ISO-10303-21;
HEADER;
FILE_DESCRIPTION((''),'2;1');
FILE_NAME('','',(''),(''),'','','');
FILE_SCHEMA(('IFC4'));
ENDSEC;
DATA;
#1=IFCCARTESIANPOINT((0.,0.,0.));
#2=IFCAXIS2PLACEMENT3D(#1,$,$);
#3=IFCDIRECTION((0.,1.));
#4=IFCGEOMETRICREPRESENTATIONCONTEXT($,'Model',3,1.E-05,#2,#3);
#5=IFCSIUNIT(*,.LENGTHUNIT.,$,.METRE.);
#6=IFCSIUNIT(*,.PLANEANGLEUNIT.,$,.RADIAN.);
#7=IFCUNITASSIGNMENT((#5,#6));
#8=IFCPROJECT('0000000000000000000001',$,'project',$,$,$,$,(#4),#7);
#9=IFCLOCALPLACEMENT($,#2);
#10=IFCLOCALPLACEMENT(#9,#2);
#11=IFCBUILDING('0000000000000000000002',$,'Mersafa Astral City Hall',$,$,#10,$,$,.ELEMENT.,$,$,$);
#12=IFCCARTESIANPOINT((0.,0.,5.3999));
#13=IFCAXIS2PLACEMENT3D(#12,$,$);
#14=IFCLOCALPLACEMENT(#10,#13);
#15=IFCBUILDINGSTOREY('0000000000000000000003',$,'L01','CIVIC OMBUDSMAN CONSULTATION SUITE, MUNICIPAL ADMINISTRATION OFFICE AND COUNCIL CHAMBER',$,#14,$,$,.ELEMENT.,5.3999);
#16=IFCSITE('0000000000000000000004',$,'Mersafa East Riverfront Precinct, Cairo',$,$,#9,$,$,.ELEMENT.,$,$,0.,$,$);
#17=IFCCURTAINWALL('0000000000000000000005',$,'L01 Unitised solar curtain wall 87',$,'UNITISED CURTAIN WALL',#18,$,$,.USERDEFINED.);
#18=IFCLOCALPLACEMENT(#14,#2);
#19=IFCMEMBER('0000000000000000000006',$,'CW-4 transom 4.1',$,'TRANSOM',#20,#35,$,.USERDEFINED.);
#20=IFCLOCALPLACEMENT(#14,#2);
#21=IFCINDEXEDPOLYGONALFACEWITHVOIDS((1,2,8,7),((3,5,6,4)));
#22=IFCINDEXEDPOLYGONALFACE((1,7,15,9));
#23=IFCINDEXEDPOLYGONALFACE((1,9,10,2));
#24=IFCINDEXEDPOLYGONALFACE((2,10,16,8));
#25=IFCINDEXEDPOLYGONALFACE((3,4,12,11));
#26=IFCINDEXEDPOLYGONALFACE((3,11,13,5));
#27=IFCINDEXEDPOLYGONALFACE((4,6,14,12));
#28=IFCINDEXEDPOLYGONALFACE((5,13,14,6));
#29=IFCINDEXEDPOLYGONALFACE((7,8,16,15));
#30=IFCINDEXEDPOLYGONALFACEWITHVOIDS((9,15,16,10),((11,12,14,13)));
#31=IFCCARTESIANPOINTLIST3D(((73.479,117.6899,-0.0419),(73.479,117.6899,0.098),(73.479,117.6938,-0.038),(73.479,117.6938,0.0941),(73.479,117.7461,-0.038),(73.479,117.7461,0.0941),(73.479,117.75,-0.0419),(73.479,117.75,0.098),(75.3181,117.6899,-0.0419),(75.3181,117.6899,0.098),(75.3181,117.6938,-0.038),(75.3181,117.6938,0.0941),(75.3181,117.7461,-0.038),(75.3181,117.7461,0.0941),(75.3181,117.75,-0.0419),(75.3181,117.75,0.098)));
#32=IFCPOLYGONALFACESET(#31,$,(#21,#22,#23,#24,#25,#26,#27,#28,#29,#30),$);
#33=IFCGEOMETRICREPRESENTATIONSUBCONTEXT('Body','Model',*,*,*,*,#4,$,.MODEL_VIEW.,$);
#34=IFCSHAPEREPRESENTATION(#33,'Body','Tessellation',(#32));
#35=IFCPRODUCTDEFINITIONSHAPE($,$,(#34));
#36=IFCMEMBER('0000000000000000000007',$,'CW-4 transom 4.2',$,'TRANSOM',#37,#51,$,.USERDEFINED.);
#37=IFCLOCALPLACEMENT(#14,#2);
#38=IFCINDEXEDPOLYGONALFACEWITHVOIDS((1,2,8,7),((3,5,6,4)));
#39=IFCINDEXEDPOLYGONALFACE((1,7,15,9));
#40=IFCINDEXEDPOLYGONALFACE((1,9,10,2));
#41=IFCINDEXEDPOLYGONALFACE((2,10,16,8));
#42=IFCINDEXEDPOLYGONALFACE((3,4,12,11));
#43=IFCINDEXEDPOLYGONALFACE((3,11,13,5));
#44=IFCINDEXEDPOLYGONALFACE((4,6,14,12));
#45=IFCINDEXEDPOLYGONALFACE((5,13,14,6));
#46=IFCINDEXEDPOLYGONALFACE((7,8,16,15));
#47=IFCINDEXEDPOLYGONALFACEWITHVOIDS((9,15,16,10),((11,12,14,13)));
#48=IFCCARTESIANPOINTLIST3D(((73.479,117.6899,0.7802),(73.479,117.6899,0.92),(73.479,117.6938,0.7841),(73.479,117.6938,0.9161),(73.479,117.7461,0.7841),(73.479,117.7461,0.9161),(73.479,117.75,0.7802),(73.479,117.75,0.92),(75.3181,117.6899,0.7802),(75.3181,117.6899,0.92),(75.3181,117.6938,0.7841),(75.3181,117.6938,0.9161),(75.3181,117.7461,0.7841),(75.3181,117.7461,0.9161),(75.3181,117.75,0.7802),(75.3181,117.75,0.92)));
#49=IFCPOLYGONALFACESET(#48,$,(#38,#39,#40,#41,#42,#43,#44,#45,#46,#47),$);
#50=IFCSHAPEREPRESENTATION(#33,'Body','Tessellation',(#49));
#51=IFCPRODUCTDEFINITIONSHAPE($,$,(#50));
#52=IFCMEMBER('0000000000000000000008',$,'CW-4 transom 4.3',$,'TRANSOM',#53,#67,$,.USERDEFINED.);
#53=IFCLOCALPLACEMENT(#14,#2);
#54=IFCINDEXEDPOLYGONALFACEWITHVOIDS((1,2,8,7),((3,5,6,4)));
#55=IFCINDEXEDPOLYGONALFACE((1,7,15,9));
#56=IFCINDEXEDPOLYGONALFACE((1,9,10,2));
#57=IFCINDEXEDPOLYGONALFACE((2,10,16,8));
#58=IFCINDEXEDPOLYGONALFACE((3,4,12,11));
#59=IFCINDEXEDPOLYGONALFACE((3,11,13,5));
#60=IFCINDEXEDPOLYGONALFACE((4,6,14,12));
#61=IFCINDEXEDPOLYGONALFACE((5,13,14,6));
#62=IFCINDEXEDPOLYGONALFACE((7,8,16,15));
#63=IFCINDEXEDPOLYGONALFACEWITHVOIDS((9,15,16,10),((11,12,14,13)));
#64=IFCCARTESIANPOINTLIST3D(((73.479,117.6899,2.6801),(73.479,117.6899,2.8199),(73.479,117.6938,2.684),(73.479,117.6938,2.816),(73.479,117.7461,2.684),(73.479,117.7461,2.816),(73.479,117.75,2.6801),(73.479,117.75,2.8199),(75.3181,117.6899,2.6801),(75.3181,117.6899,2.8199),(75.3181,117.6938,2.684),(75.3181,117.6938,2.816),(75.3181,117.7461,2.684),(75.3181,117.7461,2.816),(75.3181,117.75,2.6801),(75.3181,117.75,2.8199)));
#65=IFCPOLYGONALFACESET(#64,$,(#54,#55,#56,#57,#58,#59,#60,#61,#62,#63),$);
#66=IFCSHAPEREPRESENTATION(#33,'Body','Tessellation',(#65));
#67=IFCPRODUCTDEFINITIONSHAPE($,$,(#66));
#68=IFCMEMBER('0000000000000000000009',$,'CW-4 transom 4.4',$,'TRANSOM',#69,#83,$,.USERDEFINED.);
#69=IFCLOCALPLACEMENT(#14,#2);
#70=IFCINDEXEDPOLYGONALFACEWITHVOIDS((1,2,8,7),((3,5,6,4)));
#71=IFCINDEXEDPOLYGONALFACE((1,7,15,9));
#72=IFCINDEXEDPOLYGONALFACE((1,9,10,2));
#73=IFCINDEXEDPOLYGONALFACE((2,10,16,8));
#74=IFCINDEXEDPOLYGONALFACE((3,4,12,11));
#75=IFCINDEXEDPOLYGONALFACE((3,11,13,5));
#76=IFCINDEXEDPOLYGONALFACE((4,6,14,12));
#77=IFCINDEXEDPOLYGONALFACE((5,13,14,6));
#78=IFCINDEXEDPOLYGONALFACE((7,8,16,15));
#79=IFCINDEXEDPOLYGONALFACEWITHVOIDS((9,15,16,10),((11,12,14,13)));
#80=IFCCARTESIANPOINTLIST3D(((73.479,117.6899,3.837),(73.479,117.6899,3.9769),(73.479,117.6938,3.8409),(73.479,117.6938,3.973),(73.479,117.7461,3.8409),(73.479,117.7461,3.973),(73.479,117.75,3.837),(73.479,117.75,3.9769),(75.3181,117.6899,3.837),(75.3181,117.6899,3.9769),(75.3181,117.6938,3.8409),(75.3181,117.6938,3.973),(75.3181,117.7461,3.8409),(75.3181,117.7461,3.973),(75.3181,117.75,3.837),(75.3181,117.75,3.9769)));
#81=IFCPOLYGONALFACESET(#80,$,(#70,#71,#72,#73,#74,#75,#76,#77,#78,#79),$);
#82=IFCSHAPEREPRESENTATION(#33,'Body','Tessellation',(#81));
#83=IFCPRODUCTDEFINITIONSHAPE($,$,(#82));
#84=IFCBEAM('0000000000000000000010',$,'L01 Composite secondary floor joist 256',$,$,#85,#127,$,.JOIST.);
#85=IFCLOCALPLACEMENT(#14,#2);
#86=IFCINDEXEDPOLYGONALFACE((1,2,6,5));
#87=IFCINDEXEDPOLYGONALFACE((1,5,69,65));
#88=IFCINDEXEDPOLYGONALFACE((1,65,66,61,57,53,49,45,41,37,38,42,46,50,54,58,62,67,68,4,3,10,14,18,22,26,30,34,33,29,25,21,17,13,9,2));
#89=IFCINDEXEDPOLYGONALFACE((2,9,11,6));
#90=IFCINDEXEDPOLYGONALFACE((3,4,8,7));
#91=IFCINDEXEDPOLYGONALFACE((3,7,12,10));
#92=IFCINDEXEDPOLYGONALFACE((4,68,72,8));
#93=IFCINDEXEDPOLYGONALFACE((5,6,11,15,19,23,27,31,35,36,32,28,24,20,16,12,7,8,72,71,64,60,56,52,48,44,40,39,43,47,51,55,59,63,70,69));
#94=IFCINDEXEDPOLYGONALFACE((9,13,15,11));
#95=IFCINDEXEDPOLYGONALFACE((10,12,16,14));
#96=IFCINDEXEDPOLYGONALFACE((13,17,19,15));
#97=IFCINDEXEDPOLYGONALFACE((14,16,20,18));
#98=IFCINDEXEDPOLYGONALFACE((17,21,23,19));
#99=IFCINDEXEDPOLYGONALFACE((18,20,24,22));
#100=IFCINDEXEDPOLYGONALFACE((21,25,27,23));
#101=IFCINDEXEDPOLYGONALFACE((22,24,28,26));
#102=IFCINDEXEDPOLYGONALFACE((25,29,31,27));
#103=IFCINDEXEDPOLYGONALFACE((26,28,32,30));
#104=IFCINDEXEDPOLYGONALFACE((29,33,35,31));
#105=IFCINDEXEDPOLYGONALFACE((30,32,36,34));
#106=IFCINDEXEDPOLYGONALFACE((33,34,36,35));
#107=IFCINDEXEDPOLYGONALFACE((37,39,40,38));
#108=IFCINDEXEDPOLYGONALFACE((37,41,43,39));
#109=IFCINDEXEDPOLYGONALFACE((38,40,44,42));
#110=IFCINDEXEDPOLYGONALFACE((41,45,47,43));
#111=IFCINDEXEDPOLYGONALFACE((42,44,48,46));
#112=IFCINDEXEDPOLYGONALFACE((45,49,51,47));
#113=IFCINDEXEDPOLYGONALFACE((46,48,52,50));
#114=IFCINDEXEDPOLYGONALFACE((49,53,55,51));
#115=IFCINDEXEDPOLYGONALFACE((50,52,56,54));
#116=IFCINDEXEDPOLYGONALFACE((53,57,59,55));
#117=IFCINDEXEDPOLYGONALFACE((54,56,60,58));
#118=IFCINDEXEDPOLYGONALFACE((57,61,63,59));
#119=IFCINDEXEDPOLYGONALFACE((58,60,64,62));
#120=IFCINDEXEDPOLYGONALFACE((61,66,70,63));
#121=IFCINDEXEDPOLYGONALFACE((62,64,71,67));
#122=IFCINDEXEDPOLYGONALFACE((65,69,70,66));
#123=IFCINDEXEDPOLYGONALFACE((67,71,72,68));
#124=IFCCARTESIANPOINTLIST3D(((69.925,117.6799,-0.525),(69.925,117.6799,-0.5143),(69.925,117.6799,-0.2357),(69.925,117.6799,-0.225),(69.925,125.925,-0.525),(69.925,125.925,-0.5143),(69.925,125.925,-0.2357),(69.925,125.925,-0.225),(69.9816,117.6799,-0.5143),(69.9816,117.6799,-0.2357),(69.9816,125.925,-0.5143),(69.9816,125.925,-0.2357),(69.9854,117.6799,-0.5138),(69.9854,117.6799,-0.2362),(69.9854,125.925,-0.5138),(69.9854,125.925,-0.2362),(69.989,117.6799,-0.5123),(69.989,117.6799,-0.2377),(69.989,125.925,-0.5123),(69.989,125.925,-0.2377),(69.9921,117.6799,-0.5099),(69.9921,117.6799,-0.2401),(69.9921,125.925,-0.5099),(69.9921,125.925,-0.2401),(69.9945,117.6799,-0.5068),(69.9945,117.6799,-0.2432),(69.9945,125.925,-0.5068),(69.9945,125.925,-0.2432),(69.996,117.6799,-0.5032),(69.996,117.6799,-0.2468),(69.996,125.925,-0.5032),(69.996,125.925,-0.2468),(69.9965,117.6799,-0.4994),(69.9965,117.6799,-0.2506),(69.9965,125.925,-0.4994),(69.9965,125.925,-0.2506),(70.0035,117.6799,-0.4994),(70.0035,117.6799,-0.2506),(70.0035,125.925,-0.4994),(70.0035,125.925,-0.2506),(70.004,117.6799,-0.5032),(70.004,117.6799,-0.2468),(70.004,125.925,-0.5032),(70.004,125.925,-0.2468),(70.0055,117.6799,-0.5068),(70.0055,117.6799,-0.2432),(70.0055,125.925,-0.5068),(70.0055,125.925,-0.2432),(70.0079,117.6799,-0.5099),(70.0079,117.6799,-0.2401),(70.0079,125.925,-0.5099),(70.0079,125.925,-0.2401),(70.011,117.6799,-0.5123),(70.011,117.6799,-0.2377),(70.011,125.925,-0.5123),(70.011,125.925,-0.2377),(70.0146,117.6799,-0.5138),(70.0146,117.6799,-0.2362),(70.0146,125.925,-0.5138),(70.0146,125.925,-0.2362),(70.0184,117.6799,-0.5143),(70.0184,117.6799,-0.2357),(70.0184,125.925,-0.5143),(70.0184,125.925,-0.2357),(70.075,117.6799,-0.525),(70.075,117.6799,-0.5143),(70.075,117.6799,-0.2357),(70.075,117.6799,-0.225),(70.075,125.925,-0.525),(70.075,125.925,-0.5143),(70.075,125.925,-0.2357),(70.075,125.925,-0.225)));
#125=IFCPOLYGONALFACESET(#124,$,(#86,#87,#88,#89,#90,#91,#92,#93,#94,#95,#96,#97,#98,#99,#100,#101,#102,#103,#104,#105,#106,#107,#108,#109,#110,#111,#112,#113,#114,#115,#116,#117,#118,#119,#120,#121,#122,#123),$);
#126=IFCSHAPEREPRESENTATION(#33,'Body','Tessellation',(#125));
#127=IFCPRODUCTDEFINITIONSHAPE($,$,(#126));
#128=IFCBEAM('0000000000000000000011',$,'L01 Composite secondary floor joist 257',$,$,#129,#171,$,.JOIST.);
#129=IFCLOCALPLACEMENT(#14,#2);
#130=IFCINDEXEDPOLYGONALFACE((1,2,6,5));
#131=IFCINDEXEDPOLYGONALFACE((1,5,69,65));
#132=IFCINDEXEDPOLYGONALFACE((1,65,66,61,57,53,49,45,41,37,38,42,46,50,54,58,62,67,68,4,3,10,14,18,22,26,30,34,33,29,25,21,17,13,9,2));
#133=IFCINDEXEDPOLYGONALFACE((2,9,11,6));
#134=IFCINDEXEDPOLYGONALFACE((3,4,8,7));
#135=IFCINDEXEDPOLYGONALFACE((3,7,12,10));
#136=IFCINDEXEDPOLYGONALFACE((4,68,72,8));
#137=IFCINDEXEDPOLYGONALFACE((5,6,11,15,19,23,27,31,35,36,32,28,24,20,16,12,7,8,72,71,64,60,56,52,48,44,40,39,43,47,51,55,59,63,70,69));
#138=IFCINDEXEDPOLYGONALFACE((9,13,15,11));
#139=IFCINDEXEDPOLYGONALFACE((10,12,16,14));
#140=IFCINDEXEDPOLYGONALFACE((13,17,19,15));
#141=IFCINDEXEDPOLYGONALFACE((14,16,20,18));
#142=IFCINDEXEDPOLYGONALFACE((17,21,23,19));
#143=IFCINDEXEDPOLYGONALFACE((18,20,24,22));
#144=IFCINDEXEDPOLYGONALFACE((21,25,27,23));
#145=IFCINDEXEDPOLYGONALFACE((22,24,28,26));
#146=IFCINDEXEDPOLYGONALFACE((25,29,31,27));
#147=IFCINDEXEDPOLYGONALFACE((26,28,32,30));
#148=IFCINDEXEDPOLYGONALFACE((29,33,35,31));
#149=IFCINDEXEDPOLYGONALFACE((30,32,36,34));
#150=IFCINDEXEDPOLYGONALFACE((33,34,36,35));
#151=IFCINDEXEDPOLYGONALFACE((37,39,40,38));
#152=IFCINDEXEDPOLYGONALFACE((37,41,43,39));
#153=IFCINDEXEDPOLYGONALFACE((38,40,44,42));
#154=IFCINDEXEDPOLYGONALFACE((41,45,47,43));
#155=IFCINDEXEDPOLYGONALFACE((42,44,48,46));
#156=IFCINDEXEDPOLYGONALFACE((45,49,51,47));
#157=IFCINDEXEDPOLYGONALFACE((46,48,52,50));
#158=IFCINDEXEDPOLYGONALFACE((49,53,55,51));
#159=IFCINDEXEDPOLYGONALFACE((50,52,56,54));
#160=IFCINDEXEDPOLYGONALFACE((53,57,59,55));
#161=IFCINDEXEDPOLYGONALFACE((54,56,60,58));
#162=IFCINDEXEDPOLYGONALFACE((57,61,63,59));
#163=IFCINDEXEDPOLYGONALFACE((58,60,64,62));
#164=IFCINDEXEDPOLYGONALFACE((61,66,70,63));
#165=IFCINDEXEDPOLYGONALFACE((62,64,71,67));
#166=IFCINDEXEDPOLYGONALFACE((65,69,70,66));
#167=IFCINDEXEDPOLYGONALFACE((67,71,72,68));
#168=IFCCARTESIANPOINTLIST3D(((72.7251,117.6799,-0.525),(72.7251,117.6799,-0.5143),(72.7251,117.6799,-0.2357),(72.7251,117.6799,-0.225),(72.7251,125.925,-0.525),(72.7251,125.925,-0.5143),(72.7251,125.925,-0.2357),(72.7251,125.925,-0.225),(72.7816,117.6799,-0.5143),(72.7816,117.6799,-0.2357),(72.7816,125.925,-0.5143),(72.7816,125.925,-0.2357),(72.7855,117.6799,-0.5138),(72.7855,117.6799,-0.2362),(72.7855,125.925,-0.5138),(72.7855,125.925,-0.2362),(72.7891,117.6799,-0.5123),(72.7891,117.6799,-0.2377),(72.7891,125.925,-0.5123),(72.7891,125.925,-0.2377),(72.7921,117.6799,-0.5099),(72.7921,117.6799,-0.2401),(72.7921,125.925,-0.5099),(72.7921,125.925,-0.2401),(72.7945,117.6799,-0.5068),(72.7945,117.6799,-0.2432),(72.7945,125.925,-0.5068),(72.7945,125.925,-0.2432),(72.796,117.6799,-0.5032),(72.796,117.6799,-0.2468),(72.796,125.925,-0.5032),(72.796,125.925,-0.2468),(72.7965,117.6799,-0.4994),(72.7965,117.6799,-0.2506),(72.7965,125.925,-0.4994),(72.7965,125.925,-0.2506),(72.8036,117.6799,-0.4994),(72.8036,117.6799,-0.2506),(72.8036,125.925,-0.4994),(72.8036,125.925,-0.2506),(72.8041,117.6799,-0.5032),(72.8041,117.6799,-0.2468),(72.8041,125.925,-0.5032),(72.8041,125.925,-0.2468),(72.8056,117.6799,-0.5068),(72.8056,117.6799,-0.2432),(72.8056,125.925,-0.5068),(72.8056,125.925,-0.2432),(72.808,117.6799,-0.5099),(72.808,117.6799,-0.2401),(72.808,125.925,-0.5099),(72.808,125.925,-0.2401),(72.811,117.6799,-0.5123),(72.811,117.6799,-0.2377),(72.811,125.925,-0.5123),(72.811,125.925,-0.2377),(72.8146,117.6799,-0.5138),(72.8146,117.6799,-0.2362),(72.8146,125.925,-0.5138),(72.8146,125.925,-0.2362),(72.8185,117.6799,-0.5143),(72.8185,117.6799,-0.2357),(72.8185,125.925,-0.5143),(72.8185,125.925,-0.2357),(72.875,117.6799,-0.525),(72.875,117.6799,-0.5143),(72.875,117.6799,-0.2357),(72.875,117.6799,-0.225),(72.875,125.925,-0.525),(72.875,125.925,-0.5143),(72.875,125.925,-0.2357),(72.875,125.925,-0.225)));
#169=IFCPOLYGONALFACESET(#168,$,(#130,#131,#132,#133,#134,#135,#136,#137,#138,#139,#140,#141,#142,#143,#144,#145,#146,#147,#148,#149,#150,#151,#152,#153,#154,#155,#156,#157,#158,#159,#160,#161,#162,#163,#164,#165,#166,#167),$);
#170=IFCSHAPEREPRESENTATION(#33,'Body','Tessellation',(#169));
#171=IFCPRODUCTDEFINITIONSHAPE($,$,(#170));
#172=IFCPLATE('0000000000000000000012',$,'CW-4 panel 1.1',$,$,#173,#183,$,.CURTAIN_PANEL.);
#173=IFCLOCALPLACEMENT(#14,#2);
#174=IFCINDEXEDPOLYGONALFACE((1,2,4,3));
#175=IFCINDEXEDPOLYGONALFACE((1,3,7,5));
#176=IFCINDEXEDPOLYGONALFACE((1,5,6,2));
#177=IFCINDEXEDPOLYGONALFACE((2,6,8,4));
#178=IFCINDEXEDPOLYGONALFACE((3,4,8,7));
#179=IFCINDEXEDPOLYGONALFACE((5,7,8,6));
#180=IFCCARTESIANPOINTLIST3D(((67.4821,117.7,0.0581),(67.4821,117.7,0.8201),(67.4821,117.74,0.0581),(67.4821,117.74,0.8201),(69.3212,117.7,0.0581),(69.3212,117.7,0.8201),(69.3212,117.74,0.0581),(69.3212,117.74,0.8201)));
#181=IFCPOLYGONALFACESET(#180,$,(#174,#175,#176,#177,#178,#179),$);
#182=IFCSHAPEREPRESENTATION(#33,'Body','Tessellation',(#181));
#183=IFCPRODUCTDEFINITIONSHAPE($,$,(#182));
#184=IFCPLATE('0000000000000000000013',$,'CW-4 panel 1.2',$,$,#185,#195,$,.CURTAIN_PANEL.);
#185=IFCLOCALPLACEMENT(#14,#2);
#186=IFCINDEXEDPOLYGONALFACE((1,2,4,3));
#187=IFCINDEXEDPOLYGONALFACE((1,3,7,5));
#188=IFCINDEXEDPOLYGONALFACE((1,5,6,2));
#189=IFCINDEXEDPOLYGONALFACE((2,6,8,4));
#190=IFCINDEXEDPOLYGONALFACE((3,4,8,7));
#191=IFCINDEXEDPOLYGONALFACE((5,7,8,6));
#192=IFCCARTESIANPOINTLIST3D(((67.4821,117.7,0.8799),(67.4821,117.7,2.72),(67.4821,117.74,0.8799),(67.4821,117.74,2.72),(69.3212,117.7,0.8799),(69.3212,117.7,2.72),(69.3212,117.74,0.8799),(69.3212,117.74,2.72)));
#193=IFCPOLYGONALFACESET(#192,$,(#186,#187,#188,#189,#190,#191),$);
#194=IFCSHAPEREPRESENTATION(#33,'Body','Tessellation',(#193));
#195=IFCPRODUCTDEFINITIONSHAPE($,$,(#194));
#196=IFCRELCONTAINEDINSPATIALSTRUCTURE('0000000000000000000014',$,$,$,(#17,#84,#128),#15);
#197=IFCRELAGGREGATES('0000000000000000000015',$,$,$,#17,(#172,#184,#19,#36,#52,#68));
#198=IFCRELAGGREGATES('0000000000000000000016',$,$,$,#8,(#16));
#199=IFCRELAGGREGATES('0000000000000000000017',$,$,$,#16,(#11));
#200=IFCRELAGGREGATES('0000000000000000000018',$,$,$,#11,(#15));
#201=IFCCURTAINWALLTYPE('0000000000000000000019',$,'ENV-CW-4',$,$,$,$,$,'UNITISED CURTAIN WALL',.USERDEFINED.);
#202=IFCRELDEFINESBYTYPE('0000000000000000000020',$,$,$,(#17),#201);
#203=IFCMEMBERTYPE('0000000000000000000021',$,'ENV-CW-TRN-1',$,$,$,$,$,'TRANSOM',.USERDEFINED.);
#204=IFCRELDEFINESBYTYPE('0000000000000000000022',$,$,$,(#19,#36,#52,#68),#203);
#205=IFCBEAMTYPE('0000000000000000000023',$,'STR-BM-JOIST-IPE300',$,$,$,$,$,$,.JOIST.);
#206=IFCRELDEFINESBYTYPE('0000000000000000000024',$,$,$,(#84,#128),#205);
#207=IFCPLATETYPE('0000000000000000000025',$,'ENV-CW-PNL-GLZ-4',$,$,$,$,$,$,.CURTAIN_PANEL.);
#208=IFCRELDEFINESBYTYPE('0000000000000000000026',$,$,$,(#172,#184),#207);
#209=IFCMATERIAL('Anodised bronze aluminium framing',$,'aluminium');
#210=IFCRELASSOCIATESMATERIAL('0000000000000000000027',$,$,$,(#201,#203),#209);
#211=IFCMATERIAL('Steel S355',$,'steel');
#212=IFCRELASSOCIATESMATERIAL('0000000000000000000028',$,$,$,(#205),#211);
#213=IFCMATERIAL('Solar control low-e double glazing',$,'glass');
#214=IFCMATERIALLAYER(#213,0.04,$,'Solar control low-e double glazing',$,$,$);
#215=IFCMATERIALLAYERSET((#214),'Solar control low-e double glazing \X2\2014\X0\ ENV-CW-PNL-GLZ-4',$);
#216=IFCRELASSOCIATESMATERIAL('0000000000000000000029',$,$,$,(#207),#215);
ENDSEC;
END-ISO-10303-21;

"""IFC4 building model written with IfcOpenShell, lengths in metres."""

from ifc_helpers import new_model, si_unit, direction, frame, origin, origin_2d, place, context, subcontext, project, spatial, rectangle, hollow_rectangle, i_section, extrude, material, layer, layer_set, material_profile, profile_set, type_object, element, aggregate, save


model = new_model("IFC4")

# Units and contexts
model_context = context("Model", 3, precision=1e-05, world=origin(), true_north=direction((0.0, 1.0)))
body_context = subcontext(model_context, "Body", "Model", "MODEL_VIEW")
ifc_project = project(units=[si_unit("LENGTHUNIT", "METRE"), si_unit("PLANEANGLEUNIT", "RADIAN")], contexts=[model_context])

# Site, building, storey
site_placement = place(None, origin())
site = spatial("IfcSite", under=ifc_project, at=site_placement, Name="Mersafa East Riverfront Precinct, Cairo", CompositionType="ELEMENT", RefElevation=0.0)
building_placement = place(site_placement, origin())
building = spatial("IfcBuilding", under=site, at=building_placement, Name="Mersafa Astral City Hall", CompositionType="ELEMENT")
storey_placement = place(building_placement, frame((0.0, 0.0, 5.3999)))
storey = spatial("IfcBuildingStorey", under=building, at=storey_placement, Name="L01", Description="CIVIC OMBUDSMAN CONSULTATION SUITE, MUNICIPAL ADMINISTRATION OFFICE AND COUNCIL CHAMBER", CompositionType="ELEMENT", Elevation=5.3999)

# Curtain wall, members
ifc_material_1 = material(Name="Anodised bronze aluminium framing", Category="aluminium")
curtain_wall_type = type_object("IfcCurtainWallType", Name="ENV-CW-4", ElementType="UNITISED CURTAIN WALL", PredefinedType="USERDEFINED", material=ifc_material_1)
curtain_wall_placement = place(storey_placement, origin())
curtain_wall = element("IfcCurtainWall", 1, at=curtain_wall_placement, inside=storey, type_object=curtain_wall_type, Name="L01 Unitised solar curtain wall 87", ObjectType="UNITISED CURTAIN WALL", PredefinedType="USERDEFINED")
ifc_material_profile_1 = material_profile(ifc_material_1, hollow_rectangle(XDim=0.0601, YDim=0.1399, WallThickness=0.0039, at=origin_2d()), Name="RHS 60x140x4")
ifc_profile_set_1 = profile_set([ifc_material_profile_1], Name="Anodised bronze aluminium framing")
member_type_1 = type_object("IfcMemberType", Name="ENV-CW-TRN-1", ElementType="TRANSOM", PredefinedType="USERDEFINED", material=ifc_profile_set_1)
member_1_placement = place(storey_placement, frame((73.479, 117.72, 0.0281), z_axis=(1.0, 0.0, 0.0), x_axis=(0.0, 1.0, 0.0)))
member_1 = element("IfcMember", 2, at=member_1_placement, type_object=member_type_1, Name="CW-4 transom 4.1", ObjectType="TRANSOM", PredefinedType="USERDEFINED", context=body_context, shape_type="SweptSolid", body=[
    extrude(hollow_rectangle(XDim=0.0601, YDim=0.1399, WallThickness=0.0039, at=origin_2d()), origin(), (0.0, 0.0, 1.0), 1.8391),
])
member_2_placement = place(storey_placement, frame((73.479, 117.72, 0.8501), z_axis=(1.0, 0.0, 0.0), x_axis=(0.0, 1.0, 0.0)))
member_2 = element("IfcMember", 3, at=member_2_placement, type_object=member_type_1, Name="CW-4 transom 4.2", ObjectType="TRANSOM", PredefinedType="USERDEFINED", context=body_context, shape_type="SweptSolid", body=[
    extrude(hollow_rectangle(XDim=0.0601, YDim=0.1399, WallThickness=0.0039, at=origin_2d()), origin(), (0.0, 0.0, 1.0), 1.8391),
])
member_3_placement = place(storey_placement, frame((73.479, 117.72, 2.75), z_axis=(1.0, 0.0, 0.0), x_axis=(0.0, 1.0, 0.0)))
member_3 = element("IfcMember", 4, at=member_3_placement, type_object=member_type_1, Name="CW-4 transom 4.3", ObjectType="TRANSOM", PredefinedType="USERDEFINED", context=body_context, shape_type="SweptSolid", body=[
    extrude(hollow_rectangle(XDim=0.0601, YDim=0.1399, WallThickness=0.0039, at=origin_2d()), origin(), (0.0, 0.0, 1.0), 1.8391),
])
member_4_placement = place(storey_placement, frame((73.479, 117.72, 3.907), z_axis=(1.0, 0.0, 0.0), x_axis=(0.0, 1.0, 0.0)))
member_4 = element("IfcMember", 5, at=member_4_placement, type_object=member_type_1, Name="CW-4 transom 4.4", ObjectType="TRANSOM", PredefinedType="USERDEFINED", context=body_context, shape_type="SweptSolid", body=[
    extrude(hollow_rectangle(XDim=0.0601, YDim=0.1399, WallThickness=0.0039, at=origin_2d()), origin(), (0.0, 0.0, 1.0), 1.8391),
])

# Beams
ifc_material_2 = material(Name="Steel S355", Category="steel")
ifc_material_profile_2 = material_profile(ifc_material_2, i_section(OverallWidth=0.1499, OverallDepth=0.3, WebThickness=0.0071, FlangeThickness=0.0107, FilletRadius=0.0149, at=origin_2d()), Name="IPE 300")
ifc_profile_set_2 = profile_set([ifc_material_profile_2], Name="Steel S355")
beam_type = type_object("IfcBeamType", Name="STR-BM-JOIST-IPE300", PredefinedType="JOIST", material=ifc_profile_set_2)
for number, where, z_axis, x_axis, name in (
    (6, (70.0, 117.6799, -0.375), (0.0, 1.0, 0.0), (-1.0, 0.0, 0.0), "L01 Composite secondary floor joist 256"),
    (7, (72.8, 117.6799, -0.375), (0.0, 1.0, 0.0), (-1.0, 0.0, 0.0), "L01 Composite secondary floor joist 257"),
):
    element("IfcBeam", number, at=place(storey_placement, frame(where, z_axis=z_axis, x_axis=x_axis)), inside=storey, type_object=beam_type, Name=name, PredefinedType="JOIST", context=body_context, shape_type="SweptSolid", body=[
        extrude(i_section(OverallWidth=0.1499, OverallDepth=0.3, WebThickness=0.0071, FlangeThickness=0.0107, FilletRadius=0.0149, at=origin_2d()), origin(), (0.0, 0.0, 1.0), 8.2451),
    ])

# Plates
ifc_material_3 = material(Name="Solar control low-e double glazing", Category="glass")
ifc_layer_1 = layer(ifc_material_3, 0.04, Name="Solar control low-e double glazing")
ifc_layer_set_1 = layer_set([ifc_layer_1], Name="Solar control low-e double glazing — ENV-CW-PNL-GLZ-4")
plate_type = type_object("IfcPlateType", Name="ENV-CW-PNL-GLZ-4", PredefinedType="CURTAIN_PANEL", material=ifc_layer_set_1)
plate_1_placement = place(storey_placement, frame((68.4016, 117.72, 0.0581), z_axis=(0.0, 0.0, 1.0), x_axis=(1.0, 0.0, 0.0)))
plate_1 = element("IfcPlate", 8, at=plate_1_placement, type_object=plate_type, Name="CW-4 panel 1.1", PredefinedType="CURTAIN_PANEL", context=body_context, shape_type="SweptSolid", body=[
    extrude(rectangle(XDim=1.8391, YDim=0.04, at=origin_2d()), origin(), (0.0, 0.0, 1.0), 0.762),
])
plate_2_placement = place(storey_placement, frame((68.4016, 117.72, 0.8799), z_axis=(0.0, 0.0, 1.0), x_axis=(1.0, 0.0, 0.0)))
plate_2 = element("IfcPlate", 9, at=plate_2_placement, type_object=plate_type, Name="CW-4 panel 1.2", PredefinedType="CURTAIN_PANEL", context=body_context, shape_type="SweptSolid", body=[
    extrude(rectangle(XDim=1.8391, YDim=0.04, at=origin_2d()), origin(), (0.0, 0.0, 1.0), 1.8401),
])
aggregate(curtain_wall, [plate_1, plate_2, member_1, member_2, member_3, member_4])

save(model, "model.ifc")
